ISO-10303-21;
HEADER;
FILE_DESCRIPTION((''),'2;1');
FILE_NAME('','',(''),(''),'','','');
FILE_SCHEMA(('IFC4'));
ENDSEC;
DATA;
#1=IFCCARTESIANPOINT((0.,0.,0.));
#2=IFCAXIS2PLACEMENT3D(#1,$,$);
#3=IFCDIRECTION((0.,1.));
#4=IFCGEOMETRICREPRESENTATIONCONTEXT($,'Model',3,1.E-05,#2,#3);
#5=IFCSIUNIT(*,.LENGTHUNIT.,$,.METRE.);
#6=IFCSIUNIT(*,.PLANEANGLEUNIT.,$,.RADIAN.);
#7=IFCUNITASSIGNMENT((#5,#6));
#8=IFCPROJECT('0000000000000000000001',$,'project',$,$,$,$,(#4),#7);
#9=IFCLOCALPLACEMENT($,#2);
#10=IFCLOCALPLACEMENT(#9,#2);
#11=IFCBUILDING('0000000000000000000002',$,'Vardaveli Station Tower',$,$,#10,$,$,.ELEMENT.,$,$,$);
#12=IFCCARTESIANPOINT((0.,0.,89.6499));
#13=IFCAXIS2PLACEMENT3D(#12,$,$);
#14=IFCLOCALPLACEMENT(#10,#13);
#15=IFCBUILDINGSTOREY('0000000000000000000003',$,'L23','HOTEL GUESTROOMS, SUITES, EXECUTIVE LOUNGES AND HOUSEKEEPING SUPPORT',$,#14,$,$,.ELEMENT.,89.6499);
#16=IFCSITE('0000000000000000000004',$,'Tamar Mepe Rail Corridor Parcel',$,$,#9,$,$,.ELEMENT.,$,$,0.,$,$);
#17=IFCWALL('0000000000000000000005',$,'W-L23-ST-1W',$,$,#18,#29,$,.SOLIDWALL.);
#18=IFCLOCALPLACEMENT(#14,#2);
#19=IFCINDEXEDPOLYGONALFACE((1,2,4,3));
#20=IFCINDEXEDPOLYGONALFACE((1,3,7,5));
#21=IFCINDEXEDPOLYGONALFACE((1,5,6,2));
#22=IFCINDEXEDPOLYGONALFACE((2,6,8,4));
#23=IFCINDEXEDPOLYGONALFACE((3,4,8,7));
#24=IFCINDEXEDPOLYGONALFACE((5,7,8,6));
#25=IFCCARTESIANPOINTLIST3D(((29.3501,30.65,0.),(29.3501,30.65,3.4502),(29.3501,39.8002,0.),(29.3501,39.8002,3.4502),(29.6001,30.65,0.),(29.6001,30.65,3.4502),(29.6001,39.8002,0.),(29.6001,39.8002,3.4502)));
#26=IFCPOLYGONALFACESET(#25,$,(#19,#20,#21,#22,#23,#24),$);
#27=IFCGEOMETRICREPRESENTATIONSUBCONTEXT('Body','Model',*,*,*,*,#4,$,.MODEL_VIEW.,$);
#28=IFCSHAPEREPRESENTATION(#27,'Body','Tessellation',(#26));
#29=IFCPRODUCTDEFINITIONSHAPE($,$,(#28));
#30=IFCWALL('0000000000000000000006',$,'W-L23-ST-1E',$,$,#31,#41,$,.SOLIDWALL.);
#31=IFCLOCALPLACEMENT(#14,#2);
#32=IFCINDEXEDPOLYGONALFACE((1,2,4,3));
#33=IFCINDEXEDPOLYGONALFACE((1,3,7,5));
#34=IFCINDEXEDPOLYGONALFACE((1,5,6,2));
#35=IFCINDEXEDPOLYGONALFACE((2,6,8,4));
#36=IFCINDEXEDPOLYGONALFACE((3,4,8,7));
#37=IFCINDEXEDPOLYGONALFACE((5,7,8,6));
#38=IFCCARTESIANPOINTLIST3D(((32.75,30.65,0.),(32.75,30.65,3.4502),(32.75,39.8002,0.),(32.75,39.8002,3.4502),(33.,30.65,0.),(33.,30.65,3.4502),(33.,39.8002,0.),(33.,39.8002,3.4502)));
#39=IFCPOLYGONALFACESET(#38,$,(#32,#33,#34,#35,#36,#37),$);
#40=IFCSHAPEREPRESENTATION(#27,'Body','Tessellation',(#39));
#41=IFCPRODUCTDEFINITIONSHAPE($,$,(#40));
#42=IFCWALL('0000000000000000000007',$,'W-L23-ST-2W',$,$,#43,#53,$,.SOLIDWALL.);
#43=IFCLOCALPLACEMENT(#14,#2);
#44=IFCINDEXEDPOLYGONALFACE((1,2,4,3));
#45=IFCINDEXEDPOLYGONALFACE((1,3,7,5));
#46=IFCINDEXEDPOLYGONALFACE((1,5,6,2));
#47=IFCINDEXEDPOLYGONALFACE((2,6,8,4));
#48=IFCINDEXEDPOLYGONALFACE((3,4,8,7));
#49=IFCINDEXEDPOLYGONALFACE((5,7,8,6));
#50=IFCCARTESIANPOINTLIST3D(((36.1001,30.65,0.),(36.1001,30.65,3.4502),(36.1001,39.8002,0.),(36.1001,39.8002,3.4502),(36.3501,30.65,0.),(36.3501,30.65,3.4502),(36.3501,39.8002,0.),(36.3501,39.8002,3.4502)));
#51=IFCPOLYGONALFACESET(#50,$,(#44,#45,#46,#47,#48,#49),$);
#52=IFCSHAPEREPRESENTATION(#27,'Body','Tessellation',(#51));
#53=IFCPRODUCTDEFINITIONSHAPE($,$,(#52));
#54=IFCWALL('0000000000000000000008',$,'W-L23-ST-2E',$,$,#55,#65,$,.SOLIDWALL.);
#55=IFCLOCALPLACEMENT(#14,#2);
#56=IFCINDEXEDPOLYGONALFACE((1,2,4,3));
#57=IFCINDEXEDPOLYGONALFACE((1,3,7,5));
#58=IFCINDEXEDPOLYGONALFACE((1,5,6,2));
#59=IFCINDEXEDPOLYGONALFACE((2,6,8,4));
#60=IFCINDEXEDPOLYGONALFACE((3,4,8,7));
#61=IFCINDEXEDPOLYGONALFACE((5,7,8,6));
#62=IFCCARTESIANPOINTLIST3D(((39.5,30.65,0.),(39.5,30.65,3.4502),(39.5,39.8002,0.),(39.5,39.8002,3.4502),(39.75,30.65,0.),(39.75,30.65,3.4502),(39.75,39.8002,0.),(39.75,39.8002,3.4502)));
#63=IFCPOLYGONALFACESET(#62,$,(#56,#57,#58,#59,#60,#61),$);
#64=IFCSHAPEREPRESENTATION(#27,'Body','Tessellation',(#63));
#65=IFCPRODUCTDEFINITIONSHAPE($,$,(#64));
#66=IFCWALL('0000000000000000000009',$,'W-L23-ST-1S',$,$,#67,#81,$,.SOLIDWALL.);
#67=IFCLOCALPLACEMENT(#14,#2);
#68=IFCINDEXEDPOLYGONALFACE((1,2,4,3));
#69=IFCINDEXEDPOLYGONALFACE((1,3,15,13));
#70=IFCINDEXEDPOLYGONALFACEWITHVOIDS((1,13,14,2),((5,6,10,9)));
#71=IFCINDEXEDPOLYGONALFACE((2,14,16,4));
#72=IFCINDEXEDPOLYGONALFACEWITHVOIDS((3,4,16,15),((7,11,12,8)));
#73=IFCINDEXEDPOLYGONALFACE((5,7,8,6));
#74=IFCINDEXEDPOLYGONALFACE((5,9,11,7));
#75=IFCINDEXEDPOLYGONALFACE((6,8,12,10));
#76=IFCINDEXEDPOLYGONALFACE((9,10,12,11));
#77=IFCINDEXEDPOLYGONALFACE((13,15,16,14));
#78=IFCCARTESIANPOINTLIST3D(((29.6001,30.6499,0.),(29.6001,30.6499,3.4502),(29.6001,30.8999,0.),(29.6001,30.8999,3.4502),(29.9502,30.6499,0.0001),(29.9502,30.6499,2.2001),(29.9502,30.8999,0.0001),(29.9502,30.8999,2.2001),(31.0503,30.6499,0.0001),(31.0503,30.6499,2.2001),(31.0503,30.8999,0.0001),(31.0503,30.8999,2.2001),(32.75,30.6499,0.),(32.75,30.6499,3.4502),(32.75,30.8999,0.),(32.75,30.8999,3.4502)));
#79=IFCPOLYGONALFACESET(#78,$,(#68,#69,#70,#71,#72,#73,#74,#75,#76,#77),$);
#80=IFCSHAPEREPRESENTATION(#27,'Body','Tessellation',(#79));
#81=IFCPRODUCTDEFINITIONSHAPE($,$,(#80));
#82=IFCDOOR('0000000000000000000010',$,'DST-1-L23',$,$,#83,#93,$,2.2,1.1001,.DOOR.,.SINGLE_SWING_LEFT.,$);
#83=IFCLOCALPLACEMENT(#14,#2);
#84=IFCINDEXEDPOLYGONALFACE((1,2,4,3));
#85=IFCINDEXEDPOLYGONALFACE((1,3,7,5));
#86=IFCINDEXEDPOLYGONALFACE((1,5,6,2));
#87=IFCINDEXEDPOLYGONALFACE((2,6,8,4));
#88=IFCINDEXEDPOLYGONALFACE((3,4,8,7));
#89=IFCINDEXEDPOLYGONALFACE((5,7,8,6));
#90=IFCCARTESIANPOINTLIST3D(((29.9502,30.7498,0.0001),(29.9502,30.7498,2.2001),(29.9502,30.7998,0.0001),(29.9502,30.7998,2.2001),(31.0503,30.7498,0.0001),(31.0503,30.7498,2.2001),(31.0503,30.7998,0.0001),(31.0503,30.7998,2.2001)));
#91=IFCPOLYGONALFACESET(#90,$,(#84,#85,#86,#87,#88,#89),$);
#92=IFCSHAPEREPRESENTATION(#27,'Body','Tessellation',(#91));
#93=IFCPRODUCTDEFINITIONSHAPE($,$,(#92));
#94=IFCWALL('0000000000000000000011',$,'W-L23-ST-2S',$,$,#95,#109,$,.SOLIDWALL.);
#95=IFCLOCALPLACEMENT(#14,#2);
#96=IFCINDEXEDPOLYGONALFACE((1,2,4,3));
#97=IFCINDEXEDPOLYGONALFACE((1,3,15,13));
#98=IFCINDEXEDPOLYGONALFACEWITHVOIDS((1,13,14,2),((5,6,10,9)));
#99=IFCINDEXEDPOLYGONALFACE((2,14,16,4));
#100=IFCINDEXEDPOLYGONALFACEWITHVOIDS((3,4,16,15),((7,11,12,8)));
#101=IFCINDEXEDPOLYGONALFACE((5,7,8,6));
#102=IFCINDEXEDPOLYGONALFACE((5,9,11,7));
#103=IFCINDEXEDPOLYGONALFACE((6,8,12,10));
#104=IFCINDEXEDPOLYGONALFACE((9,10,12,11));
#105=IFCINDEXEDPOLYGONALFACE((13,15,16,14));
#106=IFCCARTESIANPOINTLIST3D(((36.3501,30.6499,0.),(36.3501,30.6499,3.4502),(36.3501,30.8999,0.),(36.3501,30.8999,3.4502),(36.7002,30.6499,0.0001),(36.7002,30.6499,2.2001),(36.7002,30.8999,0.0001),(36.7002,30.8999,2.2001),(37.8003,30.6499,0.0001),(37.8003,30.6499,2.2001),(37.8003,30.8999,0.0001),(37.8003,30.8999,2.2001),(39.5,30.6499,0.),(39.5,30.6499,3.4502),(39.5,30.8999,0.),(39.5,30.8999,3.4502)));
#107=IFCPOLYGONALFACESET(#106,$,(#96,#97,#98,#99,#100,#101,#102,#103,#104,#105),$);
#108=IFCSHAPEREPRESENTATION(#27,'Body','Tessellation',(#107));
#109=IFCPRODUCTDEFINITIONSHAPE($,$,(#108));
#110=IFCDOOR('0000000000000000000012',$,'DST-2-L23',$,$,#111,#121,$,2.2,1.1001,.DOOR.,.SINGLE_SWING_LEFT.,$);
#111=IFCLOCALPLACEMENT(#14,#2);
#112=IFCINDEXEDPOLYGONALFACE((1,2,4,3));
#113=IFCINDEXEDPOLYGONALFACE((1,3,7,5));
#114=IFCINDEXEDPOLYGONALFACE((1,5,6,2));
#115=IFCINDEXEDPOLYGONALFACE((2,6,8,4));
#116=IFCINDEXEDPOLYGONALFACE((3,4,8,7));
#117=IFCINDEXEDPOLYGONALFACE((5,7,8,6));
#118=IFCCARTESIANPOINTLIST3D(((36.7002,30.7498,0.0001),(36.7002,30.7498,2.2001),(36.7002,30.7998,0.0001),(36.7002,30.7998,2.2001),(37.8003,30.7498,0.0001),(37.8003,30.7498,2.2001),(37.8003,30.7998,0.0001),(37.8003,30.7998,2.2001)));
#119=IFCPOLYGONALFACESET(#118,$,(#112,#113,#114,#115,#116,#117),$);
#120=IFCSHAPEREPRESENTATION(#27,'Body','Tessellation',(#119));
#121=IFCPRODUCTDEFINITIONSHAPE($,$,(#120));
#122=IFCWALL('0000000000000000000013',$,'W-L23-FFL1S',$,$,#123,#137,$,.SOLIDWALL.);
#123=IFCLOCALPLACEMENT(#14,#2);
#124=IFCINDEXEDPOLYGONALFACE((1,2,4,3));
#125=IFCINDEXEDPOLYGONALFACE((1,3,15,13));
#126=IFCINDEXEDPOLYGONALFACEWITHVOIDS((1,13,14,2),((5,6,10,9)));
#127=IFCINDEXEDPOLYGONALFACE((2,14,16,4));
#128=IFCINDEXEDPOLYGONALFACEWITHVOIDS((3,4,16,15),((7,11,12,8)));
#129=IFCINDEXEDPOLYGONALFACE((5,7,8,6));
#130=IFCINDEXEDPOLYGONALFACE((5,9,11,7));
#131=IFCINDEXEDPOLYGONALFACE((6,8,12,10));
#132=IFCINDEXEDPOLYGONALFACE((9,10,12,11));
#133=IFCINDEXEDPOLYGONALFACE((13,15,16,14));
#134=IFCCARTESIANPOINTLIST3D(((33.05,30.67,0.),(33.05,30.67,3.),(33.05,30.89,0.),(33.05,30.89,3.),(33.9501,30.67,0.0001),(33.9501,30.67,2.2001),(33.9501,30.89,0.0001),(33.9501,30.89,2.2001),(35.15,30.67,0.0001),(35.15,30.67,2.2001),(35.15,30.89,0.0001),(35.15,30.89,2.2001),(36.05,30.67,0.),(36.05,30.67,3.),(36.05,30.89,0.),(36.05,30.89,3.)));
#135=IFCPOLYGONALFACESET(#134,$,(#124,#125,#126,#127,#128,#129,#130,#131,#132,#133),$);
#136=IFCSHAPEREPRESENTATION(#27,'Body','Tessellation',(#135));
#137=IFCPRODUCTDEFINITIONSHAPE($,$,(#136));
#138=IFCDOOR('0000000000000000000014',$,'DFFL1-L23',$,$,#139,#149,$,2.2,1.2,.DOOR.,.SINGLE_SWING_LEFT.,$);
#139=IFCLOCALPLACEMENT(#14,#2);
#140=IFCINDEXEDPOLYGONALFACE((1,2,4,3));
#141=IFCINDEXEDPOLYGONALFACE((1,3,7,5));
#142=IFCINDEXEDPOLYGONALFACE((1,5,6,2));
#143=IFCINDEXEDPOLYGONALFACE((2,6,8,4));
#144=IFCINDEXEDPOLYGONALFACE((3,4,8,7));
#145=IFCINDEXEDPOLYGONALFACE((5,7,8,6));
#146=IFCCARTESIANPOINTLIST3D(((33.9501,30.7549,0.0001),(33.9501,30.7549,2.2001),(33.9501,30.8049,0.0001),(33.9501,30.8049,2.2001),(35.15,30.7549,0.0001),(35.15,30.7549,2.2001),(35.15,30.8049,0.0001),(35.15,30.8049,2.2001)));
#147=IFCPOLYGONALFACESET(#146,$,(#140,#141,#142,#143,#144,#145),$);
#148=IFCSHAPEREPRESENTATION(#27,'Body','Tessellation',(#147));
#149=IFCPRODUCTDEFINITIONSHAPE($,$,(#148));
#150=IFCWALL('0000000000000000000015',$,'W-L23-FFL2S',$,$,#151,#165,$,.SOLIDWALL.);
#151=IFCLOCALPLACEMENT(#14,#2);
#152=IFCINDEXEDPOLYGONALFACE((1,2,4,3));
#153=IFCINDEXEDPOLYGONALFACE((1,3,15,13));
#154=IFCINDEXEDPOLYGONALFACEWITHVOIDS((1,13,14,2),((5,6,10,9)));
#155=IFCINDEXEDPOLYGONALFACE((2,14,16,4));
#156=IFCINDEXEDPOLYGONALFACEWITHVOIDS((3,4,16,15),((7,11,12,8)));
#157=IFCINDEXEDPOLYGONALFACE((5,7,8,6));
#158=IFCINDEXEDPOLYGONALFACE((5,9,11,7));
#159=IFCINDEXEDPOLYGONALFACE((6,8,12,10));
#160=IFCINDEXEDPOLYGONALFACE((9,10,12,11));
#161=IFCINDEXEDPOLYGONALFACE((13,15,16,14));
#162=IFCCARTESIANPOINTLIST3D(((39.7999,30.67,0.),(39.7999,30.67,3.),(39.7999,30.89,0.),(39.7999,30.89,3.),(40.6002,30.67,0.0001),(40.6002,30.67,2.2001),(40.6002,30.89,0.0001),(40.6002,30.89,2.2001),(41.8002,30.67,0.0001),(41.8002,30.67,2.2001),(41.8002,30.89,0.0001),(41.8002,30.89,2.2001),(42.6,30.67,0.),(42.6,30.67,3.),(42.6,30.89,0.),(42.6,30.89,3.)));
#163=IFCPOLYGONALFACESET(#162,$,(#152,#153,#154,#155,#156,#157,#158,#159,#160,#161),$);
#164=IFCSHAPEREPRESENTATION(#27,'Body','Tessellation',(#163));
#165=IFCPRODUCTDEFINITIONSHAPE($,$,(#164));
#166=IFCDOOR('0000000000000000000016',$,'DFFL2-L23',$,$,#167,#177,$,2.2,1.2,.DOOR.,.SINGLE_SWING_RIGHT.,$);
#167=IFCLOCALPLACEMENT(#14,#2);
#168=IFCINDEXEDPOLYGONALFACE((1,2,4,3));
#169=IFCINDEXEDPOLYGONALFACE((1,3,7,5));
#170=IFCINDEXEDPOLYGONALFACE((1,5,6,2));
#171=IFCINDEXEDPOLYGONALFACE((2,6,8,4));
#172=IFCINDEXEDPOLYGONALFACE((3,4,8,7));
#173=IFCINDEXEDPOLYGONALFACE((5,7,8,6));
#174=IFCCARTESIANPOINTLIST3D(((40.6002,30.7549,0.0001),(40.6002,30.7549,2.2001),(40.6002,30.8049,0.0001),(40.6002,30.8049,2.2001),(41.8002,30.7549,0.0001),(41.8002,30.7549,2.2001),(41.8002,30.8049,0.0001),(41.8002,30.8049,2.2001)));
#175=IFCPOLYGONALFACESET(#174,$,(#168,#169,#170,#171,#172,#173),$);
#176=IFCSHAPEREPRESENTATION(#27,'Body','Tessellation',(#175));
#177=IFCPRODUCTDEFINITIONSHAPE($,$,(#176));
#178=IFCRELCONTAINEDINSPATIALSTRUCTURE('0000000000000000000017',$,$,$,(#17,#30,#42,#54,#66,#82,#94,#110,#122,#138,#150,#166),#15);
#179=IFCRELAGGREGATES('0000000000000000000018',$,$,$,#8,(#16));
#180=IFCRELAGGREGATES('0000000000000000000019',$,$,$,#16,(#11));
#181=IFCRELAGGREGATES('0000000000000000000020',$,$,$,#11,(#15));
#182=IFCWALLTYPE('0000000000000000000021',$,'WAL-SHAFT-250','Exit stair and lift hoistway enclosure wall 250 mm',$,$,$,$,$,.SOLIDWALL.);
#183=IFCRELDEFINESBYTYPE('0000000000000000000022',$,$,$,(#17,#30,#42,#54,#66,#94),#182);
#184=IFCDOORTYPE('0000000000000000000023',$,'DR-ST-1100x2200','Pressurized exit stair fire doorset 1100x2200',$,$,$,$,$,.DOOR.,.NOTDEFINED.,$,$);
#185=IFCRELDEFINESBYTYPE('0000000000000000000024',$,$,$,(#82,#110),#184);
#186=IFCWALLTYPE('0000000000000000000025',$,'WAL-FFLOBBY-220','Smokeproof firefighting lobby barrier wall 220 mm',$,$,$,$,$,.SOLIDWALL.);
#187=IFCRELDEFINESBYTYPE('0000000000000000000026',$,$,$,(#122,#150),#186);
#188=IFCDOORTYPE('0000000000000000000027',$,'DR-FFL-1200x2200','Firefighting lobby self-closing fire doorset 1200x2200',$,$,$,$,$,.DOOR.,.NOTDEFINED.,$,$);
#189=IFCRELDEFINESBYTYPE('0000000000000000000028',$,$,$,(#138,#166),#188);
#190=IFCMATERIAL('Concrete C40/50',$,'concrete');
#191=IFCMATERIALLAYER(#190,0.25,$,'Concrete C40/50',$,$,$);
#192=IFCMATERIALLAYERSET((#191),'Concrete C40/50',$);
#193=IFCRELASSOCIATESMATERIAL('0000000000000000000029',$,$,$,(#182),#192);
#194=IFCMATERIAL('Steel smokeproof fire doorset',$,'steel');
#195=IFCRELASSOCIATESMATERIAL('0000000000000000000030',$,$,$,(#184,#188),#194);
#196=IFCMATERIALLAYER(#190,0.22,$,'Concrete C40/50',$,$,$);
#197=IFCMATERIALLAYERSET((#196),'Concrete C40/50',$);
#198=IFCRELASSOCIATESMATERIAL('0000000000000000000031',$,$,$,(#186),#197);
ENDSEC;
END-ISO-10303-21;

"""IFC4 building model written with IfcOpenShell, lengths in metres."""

from ifc_helpers import new_model, si_unit, direction, frame, frame_2d, origin, place, context, subcontext, project, spatial, rectangle, extrude, source, transform, mapped, material, layer, layer_set, type_object, element, fill, save


model = new_model("IFC4")

# Units and contexts
model_context = context("Model", 3, precision=1e-05, world=origin(), true_north=direction((0.0, 1.0)))
body_context = subcontext(model_context, "Body", "Model", "MODEL_VIEW")
ifc_project = project(units=[si_unit("LENGTHUNIT", "METRE"), si_unit("PLANEANGLEUNIT", "RADIAN")], contexts=[model_context])

# Site, building, storey
site_placement = place(None, origin())
site = spatial("IfcSite", under=ifc_project, at=site_placement, Name="Tamar Mepe Rail Corridor Parcel", CompositionType="ELEMENT", RefElevation=0.0)
building_placement = place(site_placement, origin())
building = spatial("IfcBuilding", under=site, at=building_placement, Name="Vardaveli Station Tower", CompositionType="ELEMENT")
storey_placement = place(building_placement, frame((0.0, 0.0, 89.6499)))
storey = spatial("IfcBuildingStorey", under=building, at=storey_placement, Name="L23", Description="HOTEL GUESTROOMS, SUITES, EXECUTIVE LOUNGES AND HOUSEKEEPING SUPPORT", CompositionType="ELEMENT", Elevation=89.6499)

# Walls
ifc_material_1 = material(Name="Concrete C40/50", Category="concrete")
ifc_layer_1 = layer(ifc_material_1, 0.25, Name="Concrete C40/50")
ifc_layer_set_1 = layer_set([ifc_layer_1], Name="Concrete C40/50")
wall_type_1 = type_object("IfcWallType", Name="WAL-SHAFT-250", Description="Exit stair and lift hoistway enclosure wall 250 mm", PredefinedType="SOLIDWALL", material=ifc_layer_set_1)
shared_shape_1 = source(origin(), body_context, "Body", "SweptSolid", [
    extrude(rectangle(XDim=9.1501, YDim=0.25, at=frame_2d((4.5752, 0.0))), origin(), (0.0, 0.0, 1.0), 3.4502),
])
for number, where, z_axis, x_axis, name in (
    (1, (29.4751, 30.6499, 0.0), (0.0, 0.0, 1.0), (0.0, 1.0, 0.0), "W-L23-ST-1W"),
    (2, (32.875, 30.6499, 0.0), (0.0, 0.0, 1.0), (0.0, 1.0, 0.0), "W-L23-ST-1E"),
    (3, (36.2251, 30.6499, 0.0), (0.0, 0.0, 1.0), (0.0, 1.0, 0.0), "W-L23-ST-2W"),
    (4, (39.625, 30.6499, 0.0), (0.0, 0.0, 1.0), (0.0, 1.0, 0.0), "W-L23-ST-2E"),
):
    element("IfcWall", number, at=place(storey_placement, frame(where, z_axis=z_axis, x_axis=x_axis)), inside=storey, type_object=wall_type_1, Name=name, PredefinedType="SOLIDWALL", context=body_context, shape_type="MappedRepresentation", body=[
        mapped(shared_shape_1, transform((0.0, 0.0, 0.0), scale=1.0)),
    ])

# Walls, openings, doors
shared_shape_2 = source(origin(), body_context, "Body", "SweptSolid", [
    extrude(rectangle(XDim=3.1499, YDim=0.25, at=frame_2d((1.575, 0.0))), origin(), (0.0, 0.0, 1.0), 3.4502),
])
wall_1_placement = place(storey_placement, frame((29.6001, 30.7749, 0.0), z_axis=(0.0, 0.0, 1.0), x_axis=(1.0, 0.0, 0.0)))
wall_1 = element("IfcWall", 5, at=wall_1_placement, inside=storey, type_object=wall_type_1, Name="W-L23-ST-1S", PredefinedType="SOLIDWALL", context=body_context, shape_type="MappedRepresentation", body=[
    mapped(shared_shape_2, transform((0.0, 0.0, 0.0), scale=1.0)),
])
shared_shape_3 = source(origin(), body_context, "Body", "SweptSolid", [
    extrude(rectangle(XDim=1.1001, YDim=2.2, at=frame_2d((0.55, 1.1001))), frame((0.0, 0.135, 0.0), z_axis=(0.0, -1.0, 0.0), x_axis=(1.0, 0.0, 0.0)), (0.0, 0.0, 1.0), 0.27),
])
opening_1_placement = place(wall_1_placement, frame((0.3501, 0.0, 0.0)))
opening_1 = element("IfcOpeningElement", 6, at=opening_1_placement, cuts=wall_1, PredefinedType="OPENING", context=body_context, shape_type="MappedRepresentation", body=[
    mapped(shared_shape_3, transform((0.0, 0.0, 0.0), scale=1.0)),
])
ifc_material_2 = material(Name="Steel smokeproof fire doorset", Category="steel")
door_type_1 = type_object("IfcDoorType", Name="DR-ST-1100x2200", Description="Pressurized exit stair fire doorset 1100x2200", OperationType="NOTDEFINED", PredefinedType="DOOR", material=ifc_material_2)
shared_shape_4 = source(origin(), body_context, "Body", "SweptSolid", [
    extrude(rectangle(XDim=1.1001, YDim=2.2, at=frame_2d((0.55, 1.1001))), frame((0.0, 0.0249, 0.0), z_axis=(0.0, -1.0, 0.0), x_axis=(1.0, 0.0, 0.0)), (0.0, 0.0, 1.0), 0.05),
])
door_1_placement = place(opening_1_placement, origin())
door_1 = element("IfcDoor", 7, at=door_1_placement, inside=storey, type_object=door_type_1, Name="DST-1-L23", OperationType="SINGLE_SWING_LEFT", OverallHeight=2.2, OverallWidth=1.1001, PredefinedType="DOOR", context=body_context, shape_type="MappedRepresentation", body=[
    mapped(shared_shape_4, transform((0.0, 0.0, 0.0), scale=1.0)),
])
fill(opening_1, door_1)
wall_2_placement = place(storey_placement, frame((36.3501, 30.7749, 0.0), z_axis=(0.0, 0.0, 1.0), x_axis=(1.0, 0.0, 0.0)))
wall_2 = element("IfcWall", 8, at=wall_2_placement, inside=storey, type_object=wall_type_1, Name="W-L23-ST-2S", PredefinedType="SOLIDWALL", context=body_context, shape_type="MappedRepresentation", body=[
    mapped(shared_shape_2, transform((0.0, 0.0, 0.0), scale=1.0)),
])
opening_2_placement = place(wall_2_placement, frame((0.3501, 0.0, 0.0)))
opening_2 = element("IfcOpeningElement", 9, at=opening_2_placement, cuts=wall_2, PredefinedType="OPENING", context=body_context, shape_type="MappedRepresentation", body=[
    mapped(shared_shape_3, transform((0.0, 0.0, 0.0), scale=1.0)),
])
door_2_placement = place(opening_2_placement, origin())
door_2 = element("IfcDoor", 10, at=door_2_placement, inside=storey, type_object=door_type_1, Name="DST-2-L23", OperationType="SINGLE_SWING_LEFT", OverallHeight=2.2, OverallWidth=1.1001, PredefinedType="DOOR", context=body_context, shape_type="MappedRepresentation", body=[
    mapped(shared_shape_4, transform((0.0, 0.0, 0.0), scale=1.0)),
])
fill(opening_2, door_2)
ifc_layer_2 = layer(ifc_material_1, 0.22, Name="Concrete C40/50")
ifc_layer_set_2 = layer_set([ifc_layer_2], Name="Concrete C40/50")
wall_type_2 = type_object("IfcWallType", Name="WAL-FFLOBBY-220", Description="Smokeproof firefighting lobby barrier wall 220 mm", PredefinedType="SOLIDWALL", material=ifc_layer_set_2)
shared_shape_5 = source(origin(), body_context, "Body", "SweptSolid", [
    extrude(rectangle(XDim=3.0, YDim=0.22, at=frame_2d((1.5, 0.0))), origin(), (0.0, 0.0, 1.0), 3.0),
])
wall_3_placement = place(storey_placement, frame((33.05, 30.78, 0.0), z_axis=(0.0, 0.0, 1.0), x_axis=(1.0, 0.0, 0.0)))
wall_3 = element("IfcWall", 11, at=wall_3_placement, inside=storey, type_object=wall_type_2, Name="W-L23-FFL1S", PredefinedType="SOLIDWALL", context=body_context, shape_type="MappedRepresentation", body=[
    mapped(shared_shape_5, transform((0.0, 0.0, 0.0), scale=1.0)),
])
shared_shape_6 = source(origin(), body_context, "Body", "SweptSolid", [
    extrude(rectangle(XDim=1.2, YDim=2.2, at=frame_2d((0.6001, 1.1001))), frame((0.0, 0.1201, 0.0), z_axis=(0.0, -1.0, 0.0), x_axis=(1.0, 0.0, 0.0)), (0.0, 0.0, 1.0), 0.24),
])
opening_3_placement = place(wall_3_placement, frame((0.8999, 0.0, 0.0)))
opening_3 = element("IfcOpeningElement", 12, at=opening_3_placement, cuts=wall_3, PredefinedType="OPENING", context=body_context, shape_type="MappedRepresentation", body=[
    mapped(shared_shape_6, transform((0.0, 0.0, 0.0), scale=1.0)),
])
door_type_2 = type_object("IfcDoorType", Name="DR-FFL-1200x2200", Description="Firefighting lobby self-closing fire doorset 1200x2200", OperationType="NOTDEFINED", PredefinedType="DOOR", material=ifc_material_2)
shared_shape_7 = source(origin(), body_context, "Body", "SweptSolid", [
    extrude(rectangle(XDim=1.2, YDim=2.2, at=frame_2d((0.6001, 1.1001))), frame((0.0, 0.0249, 0.0), z_axis=(0.0, -1.0, 0.0), x_axis=(1.0, 0.0, 0.0)), (0.0, 0.0, 1.0), 0.05),
])
door_3_placement = place(opening_3_placement, origin())
door_3 = element("IfcDoor", 13, at=door_3_placement, inside=storey, type_object=door_type_2, Name="DFFL1-L23", OperationType="SINGLE_SWING_LEFT", OverallHeight=2.2, OverallWidth=1.2, PredefinedType="DOOR", context=body_context, shape_type="MappedRepresentation", body=[
    mapped(shared_shape_7, transform((0.0, 0.0, 0.0), scale=1.0)),
])
fill(opening_3, door_3)
shared_shape_8 = source(origin(), body_context, "Body", "SweptSolid", [
    extrude(rectangle(XDim=2.8, YDim=0.22, at=frame_2d((1.3999, 0.0))), origin(), (0.0, 0.0, 1.0), 3.0),
])
wall_4_placement = place(storey_placement, frame((39.8, 30.78, 0.0), z_axis=(0.0, 0.0, 1.0), x_axis=(1.0, 0.0, 0.0)))
wall_4 = element("IfcWall", 14, at=wall_4_placement, inside=storey, type_object=wall_type_2, Name="W-L23-FFL2S", PredefinedType="SOLIDWALL", context=body_context, shape_type="MappedRepresentation", body=[
    mapped(shared_shape_8, transform((0.0, 0.0, 0.0), scale=1.0)),
])
opening_4_placement = place(wall_4_placement, frame((0.8, 0.0, 0.0)))
opening_4 = element("IfcOpeningElement", 15, at=opening_4_placement, cuts=wall_4, PredefinedType="OPENING", context=body_context, shape_type="MappedRepresentation", body=[
    mapped(shared_shape_6, transform((0.0, 0.0, 0.0), scale=1.0)),
])
door_4_placement = place(opening_4_placement, origin())
door_4 = element("IfcDoor", 16, at=door_4_placement, inside=storey, type_object=door_type_2, Name="DFFL2-L23", OperationType="SINGLE_SWING_RIGHT", OverallHeight=2.2, OverallWidth=1.2, PredefinedType="DOOR", context=body_context, shape_type="MappedRepresentation", body=[
    mapped(shared_shape_7, transform((0.0, 0.0, 0.0), scale=1.0)),
])
fill(opening_4, door_4)

save(model, "model.ifc")
